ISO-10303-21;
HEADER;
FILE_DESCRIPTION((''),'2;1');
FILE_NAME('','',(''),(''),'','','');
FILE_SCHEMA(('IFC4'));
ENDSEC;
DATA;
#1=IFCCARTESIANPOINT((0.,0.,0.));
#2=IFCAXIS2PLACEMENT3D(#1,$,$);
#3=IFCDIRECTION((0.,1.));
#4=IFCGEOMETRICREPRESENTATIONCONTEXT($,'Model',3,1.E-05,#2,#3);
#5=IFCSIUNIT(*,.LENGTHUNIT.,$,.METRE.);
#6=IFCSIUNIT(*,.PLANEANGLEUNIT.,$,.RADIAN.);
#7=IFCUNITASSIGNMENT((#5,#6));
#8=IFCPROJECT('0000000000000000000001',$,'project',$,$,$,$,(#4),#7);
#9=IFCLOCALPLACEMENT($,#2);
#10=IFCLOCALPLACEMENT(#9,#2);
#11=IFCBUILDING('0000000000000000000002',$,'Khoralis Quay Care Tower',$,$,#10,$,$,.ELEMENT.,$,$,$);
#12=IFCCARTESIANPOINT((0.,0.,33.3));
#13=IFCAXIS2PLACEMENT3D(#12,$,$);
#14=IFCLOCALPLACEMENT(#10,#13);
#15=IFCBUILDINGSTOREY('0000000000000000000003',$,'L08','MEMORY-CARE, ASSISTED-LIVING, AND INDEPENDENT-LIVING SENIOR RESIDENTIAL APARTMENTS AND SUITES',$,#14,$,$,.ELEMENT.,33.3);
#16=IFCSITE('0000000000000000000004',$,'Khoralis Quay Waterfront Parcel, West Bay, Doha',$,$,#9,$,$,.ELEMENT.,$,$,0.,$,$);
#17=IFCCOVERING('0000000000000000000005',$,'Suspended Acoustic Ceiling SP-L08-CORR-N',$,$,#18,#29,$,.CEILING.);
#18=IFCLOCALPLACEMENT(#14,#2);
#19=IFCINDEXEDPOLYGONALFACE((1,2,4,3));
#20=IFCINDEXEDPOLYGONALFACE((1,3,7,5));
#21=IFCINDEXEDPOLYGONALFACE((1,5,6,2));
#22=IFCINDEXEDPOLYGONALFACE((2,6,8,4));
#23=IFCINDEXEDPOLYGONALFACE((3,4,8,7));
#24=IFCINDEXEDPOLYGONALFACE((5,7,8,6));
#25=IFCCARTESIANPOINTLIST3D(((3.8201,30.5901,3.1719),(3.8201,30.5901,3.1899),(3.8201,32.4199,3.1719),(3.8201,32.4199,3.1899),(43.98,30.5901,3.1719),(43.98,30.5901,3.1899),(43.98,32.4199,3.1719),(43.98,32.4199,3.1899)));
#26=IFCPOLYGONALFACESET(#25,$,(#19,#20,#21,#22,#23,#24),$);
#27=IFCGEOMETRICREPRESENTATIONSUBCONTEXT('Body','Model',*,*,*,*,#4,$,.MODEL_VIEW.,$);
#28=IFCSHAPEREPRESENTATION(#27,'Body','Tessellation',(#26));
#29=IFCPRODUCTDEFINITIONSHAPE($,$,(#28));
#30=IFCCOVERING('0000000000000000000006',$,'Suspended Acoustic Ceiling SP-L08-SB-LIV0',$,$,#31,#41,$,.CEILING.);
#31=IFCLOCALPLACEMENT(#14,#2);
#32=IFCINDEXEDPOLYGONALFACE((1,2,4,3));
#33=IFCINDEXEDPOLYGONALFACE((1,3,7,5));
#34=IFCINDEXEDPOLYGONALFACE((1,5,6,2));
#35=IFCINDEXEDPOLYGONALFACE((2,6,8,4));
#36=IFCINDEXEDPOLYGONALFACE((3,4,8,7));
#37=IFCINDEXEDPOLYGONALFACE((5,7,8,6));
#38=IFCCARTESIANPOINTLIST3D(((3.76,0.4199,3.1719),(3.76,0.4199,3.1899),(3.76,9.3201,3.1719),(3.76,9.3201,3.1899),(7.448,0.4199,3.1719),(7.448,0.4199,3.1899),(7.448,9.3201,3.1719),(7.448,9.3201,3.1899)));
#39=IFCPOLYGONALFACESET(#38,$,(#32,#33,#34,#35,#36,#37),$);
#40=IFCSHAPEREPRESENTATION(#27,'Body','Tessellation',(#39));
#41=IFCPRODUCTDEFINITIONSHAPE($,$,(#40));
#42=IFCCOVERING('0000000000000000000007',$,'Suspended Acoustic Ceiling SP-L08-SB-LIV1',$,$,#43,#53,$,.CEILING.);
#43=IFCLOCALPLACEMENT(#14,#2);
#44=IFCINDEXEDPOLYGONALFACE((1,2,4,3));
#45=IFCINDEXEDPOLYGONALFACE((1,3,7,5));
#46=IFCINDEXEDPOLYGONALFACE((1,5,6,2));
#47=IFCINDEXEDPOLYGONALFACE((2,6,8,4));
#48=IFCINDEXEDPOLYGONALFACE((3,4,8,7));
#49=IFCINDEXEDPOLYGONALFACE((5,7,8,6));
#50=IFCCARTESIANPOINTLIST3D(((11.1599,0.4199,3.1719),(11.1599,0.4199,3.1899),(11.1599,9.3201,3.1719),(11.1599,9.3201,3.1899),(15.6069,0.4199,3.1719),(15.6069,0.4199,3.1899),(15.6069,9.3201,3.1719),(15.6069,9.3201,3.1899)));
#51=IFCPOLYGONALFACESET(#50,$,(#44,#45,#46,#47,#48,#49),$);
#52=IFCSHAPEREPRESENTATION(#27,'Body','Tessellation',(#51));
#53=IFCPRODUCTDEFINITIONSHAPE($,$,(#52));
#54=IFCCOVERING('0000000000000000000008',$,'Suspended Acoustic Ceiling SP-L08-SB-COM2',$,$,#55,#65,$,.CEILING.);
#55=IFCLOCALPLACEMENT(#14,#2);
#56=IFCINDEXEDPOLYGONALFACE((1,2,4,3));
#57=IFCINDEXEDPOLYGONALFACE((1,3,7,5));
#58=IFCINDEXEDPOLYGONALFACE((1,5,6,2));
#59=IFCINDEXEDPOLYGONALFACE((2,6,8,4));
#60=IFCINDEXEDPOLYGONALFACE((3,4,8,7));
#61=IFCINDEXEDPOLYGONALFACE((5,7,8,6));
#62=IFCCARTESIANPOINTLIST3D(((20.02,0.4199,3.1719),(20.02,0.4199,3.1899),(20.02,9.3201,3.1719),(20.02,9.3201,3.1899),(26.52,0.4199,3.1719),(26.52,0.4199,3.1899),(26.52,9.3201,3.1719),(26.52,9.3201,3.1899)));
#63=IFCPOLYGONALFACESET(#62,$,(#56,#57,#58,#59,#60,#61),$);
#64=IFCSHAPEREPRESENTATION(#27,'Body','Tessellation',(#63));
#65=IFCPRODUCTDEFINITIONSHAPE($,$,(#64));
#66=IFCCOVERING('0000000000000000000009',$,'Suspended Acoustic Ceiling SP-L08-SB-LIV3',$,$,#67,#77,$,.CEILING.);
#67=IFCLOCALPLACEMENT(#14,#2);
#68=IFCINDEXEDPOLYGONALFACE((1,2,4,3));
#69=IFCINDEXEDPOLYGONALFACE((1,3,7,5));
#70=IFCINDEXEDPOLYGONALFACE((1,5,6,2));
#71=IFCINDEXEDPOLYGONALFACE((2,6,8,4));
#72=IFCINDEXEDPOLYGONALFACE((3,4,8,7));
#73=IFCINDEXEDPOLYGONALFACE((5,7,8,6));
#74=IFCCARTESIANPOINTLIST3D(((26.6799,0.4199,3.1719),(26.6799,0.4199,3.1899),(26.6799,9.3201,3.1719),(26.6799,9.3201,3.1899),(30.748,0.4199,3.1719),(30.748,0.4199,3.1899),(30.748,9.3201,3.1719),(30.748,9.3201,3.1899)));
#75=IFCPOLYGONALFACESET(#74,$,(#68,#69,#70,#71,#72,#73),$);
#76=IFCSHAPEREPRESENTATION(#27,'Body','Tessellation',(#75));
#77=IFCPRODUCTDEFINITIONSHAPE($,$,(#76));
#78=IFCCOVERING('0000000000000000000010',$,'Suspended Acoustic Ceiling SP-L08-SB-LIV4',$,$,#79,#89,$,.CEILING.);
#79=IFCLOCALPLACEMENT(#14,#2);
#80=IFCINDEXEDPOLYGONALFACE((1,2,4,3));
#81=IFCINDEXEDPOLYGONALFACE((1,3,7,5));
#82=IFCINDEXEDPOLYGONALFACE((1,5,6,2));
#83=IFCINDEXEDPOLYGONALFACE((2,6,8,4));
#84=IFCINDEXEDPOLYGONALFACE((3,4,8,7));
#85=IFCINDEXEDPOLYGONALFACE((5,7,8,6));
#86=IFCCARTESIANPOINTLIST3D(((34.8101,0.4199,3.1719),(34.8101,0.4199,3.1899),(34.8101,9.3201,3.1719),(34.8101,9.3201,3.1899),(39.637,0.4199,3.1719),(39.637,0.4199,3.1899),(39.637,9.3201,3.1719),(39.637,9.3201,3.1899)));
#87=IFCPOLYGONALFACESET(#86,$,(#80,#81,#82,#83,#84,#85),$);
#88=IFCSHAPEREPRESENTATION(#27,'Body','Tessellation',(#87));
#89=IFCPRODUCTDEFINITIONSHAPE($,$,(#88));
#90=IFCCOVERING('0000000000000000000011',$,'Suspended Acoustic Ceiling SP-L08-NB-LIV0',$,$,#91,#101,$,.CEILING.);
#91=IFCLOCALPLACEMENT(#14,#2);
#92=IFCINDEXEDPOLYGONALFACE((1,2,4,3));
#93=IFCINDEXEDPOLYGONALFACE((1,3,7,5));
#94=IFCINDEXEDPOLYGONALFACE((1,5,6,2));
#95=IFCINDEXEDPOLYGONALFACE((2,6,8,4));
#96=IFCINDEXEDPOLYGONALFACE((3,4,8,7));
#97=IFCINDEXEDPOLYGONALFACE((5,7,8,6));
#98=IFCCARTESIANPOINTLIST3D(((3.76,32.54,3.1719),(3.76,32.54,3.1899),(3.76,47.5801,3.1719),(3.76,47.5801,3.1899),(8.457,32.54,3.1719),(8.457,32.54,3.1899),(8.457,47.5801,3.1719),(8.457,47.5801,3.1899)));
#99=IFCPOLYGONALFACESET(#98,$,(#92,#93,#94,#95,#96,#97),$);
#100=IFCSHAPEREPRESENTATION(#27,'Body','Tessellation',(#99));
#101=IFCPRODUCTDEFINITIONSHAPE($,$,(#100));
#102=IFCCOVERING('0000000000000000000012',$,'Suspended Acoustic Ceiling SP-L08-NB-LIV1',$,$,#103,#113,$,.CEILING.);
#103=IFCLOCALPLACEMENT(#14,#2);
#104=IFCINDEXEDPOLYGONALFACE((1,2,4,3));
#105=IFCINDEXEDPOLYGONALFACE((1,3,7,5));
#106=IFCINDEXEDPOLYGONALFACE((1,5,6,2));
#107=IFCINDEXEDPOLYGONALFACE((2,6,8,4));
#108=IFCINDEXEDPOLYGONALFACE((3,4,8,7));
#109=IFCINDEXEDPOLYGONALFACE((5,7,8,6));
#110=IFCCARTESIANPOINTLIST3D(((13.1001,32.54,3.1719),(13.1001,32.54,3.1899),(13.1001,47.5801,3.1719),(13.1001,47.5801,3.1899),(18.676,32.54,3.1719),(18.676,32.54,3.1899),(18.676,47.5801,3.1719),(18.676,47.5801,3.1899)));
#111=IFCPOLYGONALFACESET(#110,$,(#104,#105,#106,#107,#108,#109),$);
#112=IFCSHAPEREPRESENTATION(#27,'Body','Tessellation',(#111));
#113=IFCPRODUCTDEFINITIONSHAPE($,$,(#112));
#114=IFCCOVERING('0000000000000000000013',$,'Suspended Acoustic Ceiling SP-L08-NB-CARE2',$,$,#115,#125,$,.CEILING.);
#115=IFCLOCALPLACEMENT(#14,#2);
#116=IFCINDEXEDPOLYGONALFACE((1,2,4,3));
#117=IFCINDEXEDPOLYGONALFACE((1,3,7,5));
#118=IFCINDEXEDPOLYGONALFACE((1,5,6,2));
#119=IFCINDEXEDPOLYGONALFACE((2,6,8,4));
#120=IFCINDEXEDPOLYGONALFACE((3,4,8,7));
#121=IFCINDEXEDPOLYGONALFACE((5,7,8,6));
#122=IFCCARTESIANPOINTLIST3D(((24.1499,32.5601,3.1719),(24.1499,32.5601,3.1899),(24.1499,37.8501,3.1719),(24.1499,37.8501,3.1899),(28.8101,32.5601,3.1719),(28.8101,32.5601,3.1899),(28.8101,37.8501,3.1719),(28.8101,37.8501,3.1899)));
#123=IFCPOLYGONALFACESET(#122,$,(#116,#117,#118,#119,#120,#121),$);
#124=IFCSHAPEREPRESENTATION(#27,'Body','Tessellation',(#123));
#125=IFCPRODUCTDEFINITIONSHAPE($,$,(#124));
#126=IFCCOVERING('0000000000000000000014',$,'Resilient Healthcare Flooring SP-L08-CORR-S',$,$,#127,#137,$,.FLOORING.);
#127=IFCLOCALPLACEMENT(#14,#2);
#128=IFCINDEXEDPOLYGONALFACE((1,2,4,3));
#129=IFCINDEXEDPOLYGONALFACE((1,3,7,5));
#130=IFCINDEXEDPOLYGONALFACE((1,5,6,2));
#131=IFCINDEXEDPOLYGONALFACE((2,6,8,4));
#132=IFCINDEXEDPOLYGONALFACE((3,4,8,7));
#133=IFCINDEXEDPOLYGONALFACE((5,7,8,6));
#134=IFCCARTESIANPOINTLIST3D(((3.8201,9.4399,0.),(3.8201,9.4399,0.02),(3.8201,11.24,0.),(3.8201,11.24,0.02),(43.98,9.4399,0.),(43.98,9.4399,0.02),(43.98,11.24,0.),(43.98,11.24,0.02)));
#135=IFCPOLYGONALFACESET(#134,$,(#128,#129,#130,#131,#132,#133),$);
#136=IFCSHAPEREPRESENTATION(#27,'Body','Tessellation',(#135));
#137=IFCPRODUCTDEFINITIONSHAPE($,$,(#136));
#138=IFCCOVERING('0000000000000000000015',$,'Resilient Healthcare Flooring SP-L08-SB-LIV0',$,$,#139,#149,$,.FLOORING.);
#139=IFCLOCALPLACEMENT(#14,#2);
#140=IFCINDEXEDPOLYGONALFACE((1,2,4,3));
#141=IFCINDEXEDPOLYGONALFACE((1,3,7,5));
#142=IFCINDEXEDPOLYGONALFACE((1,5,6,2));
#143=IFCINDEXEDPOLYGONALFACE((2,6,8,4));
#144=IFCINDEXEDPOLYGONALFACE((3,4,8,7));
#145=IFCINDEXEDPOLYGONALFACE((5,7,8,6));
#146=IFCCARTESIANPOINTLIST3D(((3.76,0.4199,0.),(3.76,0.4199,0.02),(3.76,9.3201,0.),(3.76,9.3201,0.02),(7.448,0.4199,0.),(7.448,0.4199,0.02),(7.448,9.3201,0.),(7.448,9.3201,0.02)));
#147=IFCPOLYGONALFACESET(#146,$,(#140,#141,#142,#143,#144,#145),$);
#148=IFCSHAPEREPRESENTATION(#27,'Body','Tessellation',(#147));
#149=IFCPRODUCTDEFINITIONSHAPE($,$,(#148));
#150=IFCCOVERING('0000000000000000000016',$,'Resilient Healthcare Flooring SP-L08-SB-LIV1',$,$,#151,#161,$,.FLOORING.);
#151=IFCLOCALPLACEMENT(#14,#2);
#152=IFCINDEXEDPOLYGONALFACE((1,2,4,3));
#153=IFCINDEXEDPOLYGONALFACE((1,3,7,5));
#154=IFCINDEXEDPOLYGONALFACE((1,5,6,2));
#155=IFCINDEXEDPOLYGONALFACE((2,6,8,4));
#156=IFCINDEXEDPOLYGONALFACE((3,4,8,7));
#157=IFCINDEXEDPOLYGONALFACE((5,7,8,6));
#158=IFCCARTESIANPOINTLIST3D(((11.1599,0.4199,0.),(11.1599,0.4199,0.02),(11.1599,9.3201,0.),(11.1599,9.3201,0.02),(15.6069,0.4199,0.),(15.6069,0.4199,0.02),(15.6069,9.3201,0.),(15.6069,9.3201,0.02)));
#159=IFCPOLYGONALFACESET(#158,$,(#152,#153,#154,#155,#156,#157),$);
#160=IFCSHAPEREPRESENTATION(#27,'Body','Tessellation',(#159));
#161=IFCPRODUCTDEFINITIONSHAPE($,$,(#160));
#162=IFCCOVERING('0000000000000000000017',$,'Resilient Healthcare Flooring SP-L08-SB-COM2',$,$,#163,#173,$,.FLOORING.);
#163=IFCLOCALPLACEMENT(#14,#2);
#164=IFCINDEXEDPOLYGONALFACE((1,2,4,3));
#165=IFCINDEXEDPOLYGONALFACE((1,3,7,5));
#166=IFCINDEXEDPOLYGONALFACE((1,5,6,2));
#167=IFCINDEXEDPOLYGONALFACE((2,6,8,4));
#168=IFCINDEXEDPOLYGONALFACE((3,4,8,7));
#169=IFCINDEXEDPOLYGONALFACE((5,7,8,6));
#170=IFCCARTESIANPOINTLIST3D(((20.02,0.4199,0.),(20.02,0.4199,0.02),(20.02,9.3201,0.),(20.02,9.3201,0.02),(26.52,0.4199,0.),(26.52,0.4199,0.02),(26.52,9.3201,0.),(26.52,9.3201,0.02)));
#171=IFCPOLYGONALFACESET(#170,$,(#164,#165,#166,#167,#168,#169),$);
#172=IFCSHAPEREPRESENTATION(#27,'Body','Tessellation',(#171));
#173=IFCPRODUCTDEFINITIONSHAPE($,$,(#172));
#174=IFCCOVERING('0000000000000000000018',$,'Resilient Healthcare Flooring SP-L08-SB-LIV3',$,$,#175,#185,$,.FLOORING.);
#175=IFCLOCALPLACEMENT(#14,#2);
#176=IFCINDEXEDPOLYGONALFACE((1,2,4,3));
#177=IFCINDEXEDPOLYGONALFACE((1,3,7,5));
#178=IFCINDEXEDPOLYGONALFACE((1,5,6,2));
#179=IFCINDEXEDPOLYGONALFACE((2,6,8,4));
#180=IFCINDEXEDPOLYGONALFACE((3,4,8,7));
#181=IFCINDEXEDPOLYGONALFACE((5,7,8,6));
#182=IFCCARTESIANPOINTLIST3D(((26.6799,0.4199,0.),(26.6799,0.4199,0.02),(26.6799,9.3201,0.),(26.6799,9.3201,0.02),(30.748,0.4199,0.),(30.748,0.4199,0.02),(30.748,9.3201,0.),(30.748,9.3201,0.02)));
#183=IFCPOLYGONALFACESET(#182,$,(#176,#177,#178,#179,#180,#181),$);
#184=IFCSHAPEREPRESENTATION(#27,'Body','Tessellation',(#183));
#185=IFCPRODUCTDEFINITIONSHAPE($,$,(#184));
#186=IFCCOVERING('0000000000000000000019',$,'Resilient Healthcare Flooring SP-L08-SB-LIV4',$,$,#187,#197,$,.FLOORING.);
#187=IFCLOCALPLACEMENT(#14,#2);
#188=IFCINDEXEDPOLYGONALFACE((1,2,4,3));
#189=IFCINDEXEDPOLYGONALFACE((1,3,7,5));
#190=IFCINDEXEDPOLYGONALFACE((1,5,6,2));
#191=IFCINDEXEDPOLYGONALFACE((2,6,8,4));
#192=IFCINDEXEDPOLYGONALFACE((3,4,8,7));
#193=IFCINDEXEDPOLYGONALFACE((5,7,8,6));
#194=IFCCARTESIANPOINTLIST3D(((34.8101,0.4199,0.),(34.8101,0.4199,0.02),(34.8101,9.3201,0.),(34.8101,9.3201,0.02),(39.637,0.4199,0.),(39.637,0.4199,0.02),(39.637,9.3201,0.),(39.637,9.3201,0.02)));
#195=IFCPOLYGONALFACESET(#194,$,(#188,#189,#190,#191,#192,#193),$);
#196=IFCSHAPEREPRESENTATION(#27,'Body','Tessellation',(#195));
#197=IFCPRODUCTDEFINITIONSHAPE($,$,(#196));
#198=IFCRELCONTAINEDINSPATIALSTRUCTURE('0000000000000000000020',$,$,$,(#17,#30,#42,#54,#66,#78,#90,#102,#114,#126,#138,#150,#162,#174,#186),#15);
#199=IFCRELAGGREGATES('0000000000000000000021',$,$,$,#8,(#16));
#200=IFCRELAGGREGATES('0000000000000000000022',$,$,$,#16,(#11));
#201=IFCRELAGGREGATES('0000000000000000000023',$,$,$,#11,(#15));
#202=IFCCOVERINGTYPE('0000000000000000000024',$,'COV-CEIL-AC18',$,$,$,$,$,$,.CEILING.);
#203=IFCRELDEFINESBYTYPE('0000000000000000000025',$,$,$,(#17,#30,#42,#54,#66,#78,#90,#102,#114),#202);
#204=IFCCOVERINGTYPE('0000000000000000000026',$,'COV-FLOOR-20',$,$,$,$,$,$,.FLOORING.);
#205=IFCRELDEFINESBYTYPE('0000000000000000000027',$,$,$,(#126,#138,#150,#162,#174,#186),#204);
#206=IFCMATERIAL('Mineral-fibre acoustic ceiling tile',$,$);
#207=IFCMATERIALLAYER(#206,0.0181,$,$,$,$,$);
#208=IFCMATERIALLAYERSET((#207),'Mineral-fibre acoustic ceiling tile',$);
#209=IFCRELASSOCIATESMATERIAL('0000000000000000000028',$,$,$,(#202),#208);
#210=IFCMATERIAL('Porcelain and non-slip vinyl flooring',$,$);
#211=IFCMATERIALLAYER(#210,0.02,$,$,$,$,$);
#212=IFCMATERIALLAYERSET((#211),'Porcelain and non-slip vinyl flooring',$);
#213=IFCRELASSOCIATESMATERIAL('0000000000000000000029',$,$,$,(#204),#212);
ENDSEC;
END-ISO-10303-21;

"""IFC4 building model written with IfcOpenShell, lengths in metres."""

from ifc_helpers import new_model, si_unit, direction, frame, origin, place, context, subcontext, project, spatial, polyline, outline, extrude, material, layer, layer_set, type_object, element, save


model = new_model("IFC4")

# Units and contexts
model_context = context("Model", 3, precision=1e-05, world=origin(), true_north=direction((0.0, 1.0)))
body_context = subcontext(model_context, "Body", "Model", "MODEL_VIEW")
ifc_project = project(units=[si_unit("LENGTHUNIT", "METRE"), si_unit("PLANEANGLEUNIT", "RADIAN")], contexts=[model_context])

# Site, building, storey
site_placement = place(None, origin())
site = spatial("IfcSite", under=ifc_project, at=site_placement, Name="Khoralis Quay Waterfront Parcel, West Bay, Doha", CompositionType="ELEMENT", RefElevation=0.0)
building_placement = place(site_placement, origin())
building = spatial("IfcBuilding", under=site, at=building_placement, Name="Khoralis Quay Care Tower", CompositionType="ELEMENT")
storey_placement = place(building_placement, frame((0.0, 0.0, 33.3)))
storey = spatial("IfcBuildingStorey", under=building, at=storey_placement, Name="L08", Description="MEMORY-CARE, ASSISTED-LIVING, AND INDEPENDENT-LIVING SENIOR RESIDENTIAL APARTMENTS AND SUITES", CompositionType="ELEMENT", Elevation=33.3)

# Coverings
ifc_material_1 = material(Name="Mineral-fibre acoustic ceiling tile")
ifc_layer_1 = layer(ifc_material_1, 0.0181)
ifc_layer_set_1 = layer_set([ifc_layer_1], Name="Mineral-fibre acoustic ceiling tile")
covering_type_1 = type_object("IfcCoveringType", Name="COV-CEIL-AC18", PredefinedType="CEILING", material=ifc_layer_set_1)
covering_1_placement = place(storey_placement, frame((0.0, 0.0, 3.1719)))
element("IfcCovering", 1, at=covering_1_placement, inside=storey, type_object=covering_type_1, Name="Suspended Acoustic Ceiling SP-L08-CORR-N", PredefinedType="CEILING", context=body_context, shape_type="SweptSolid", body=[
    extrude(outline(polyline([(3.8201, 30.5901), (43.98, 30.5901), (43.98, 32.4199), (3.8201, 32.4199), (3.8201, 30.5901)])), origin(), (0.0, 0.0, 1.0), 0.0181),
])
covering_2_placement = place(storey_placement, frame((0.0, 0.0, 3.1719)))
element("IfcCovering", 2, at=covering_2_placement, inside=storey, type_object=covering_type_1, Name="Suspended Acoustic Ceiling SP-L08-SB-LIV0", PredefinedType="CEILING", context=body_context, shape_type="SweptSolid", body=[
    extrude(outline(polyline([(3.76, 0.4199), (7.448, 0.4199), (7.448, 9.3201), (3.76, 9.3201), (3.76, 0.4199)])), origin(), (0.0, 0.0, 1.0), 0.0181),
])
covering_3_placement = place(storey_placement, frame((0.0, 0.0, 3.1719)))
element("IfcCovering", 3, at=covering_3_placement, inside=storey, type_object=covering_type_1, Name="Suspended Acoustic Ceiling SP-L08-SB-LIV1", PredefinedType="CEILING", context=body_context, shape_type="SweptSolid", body=[
    extrude(outline(polyline([(11.1599, 0.4199), (15.6069, 0.4199), (15.6069, 9.3201), (11.1599, 9.3201), (11.1599, 0.4199)])), origin(), (0.0, 0.0, 1.0), 0.0181),
])
covering_4_placement = place(storey_placement, frame((0.0, 0.0, 3.1719)))
element("IfcCovering", 4, at=covering_4_placement, inside=storey, type_object=covering_type_1, Name="Suspended Acoustic Ceiling SP-L08-SB-COM2", PredefinedType="CEILING", context=body_context, shape_type="SweptSolid", body=[
    extrude(outline(polyline([(20.02, 0.4199), (26.52, 0.4199), (26.52, 9.3201), (20.02, 9.3201), (20.02, 0.4199)])), origin(), (0.0, 0.0, 1.0), 0.0181),
])
covering_5_placement = place(storey_placement, frame((0.0, 0.0, 3.1719)))
element("IfcCovering", 5, at=covering_5_placement, inside=storey, type_object=covering_type_1, Name="Suspended Acoustic Ceiling SP-L08-SB-LIV3", PredefinedType="CEILING", context=body_context, shape_type="SweptSolid", body=[
    extrude(outline(polyline([(26.6799, 0.4199), (30.748, 0.4199), (30.748, 9.3201), (26.6799, 9.3201), (26.6799, 0.4199)])), origin(), (0.0, 0.0, 1.0), 0.0181),
])
covering_6_placement = place(storey_placement, frame((0.0, 0.0, 3.1719)))
element("IfcCovering", 6, at=covering_6_placement, inside=storey, type_object=covering_type_1, Name="Suspended Acoustic Ceiling SP-L08-SB-LIV4", PredefinedType="CEILING", context=body_context, shape_type="SweptSolid", body=[
    extrude(outline(polyline([(34.8101, 0.4199), (39.637, 0.4199), (39.637, 9.3201), (34.8101, 9.3201), (34.8101, 0.4199)])), origin(), (0.0, 0.0, 1.0), 0.0181),
])
covering_7_placement = place(storey_placement, frame((0.0, 0.0, 3.1719)))
element("IfcCovering", 7, at=covering_7_placement, inside=storey, type_object=covering_type_1, Name="Suspended Acoustic Ceiling SP-L08-NB-LIV0", PredefinedType="CEILING", context=body_context, shape_type="SweptSolid", body=[
    extrude(outline(polyline([(3.76, 32.54), (8.457, 32.54), (8.457, 47.5801), (3.76, 47.5801), (3.76, 32.54)])), origin(), (0.0, 0.0, 1.0), 0.0181),
])
covering_8_placement = place(storey_placement, frame((0.0, 0.0, 3.1719)))
element("IfcCovering", 8, at=covering_8_placement, inside=storey, type_object=covering_type_1, Name="Suspended Acoustic Ceiling SP-L08-NB-LIV1", PredefinedType="CEILING", context=body_context, shape_type="SweptSolid", body=[
    extrude(outline(polyline([(13.1001, 32.54), (18.676, 32.54), (18.676, 47.5801), (13.1001, 47.5801), (13.1001, 32.54)])), origin(), (0.0, 0.0, 1.0), 0.0181),
])
covering_9_placement = place(storey_placement, frame((0.0, 0.0, 3.1719)))
element("IfcCovering", 9, at=covering_9_placement, inside=storey, type_object=covering_type_1, Name="Suspended Acoustic Ceiling SP-L08-NB-CARE2", PredefinedType="CEILING", context=body_context, shape_type="SweptSolid", body=[
    extrude(outline(polyline([(24.1499, 32.5601), (28.8101, 32.5601), (28.8101, 37.8501), (24.1499, 37.8501), (24.1499, 32.5601)])), origin(), (0.0, 0.0, 1.0), 0.0181),
])
ifc_material_2 = material(Name="Porcelain and non-slip vinyl flooring")
ifc_layer_2 = layer(ifc_material_2, 0.02)
ifc_layer_set_2 = layer_set([ifc_layer_2], Name="Porcelain and non-slip vinyl flooring")
covering_type_2 = type_object("IfcCoveringType", Name="COV-FLOOR-20", PredefinedType="FLOORING", material=ifc_layer_set_2)
covering_10_placement = place(storey_placement, origin())
element("IfcCovering", 10, at=covering_10_placement, inside=storey, type_object=covering_type_2, Name="Resilient Healthcare Flooring SP-L08-CORR-S", PredefinedType="FLOORING", context=body_context, shape_type="SweptSolid", body=[
    extrude(outline(polyline([(3.8201, 9.4399), (43.98, 9.4399), (43.98, 11.24), (3.8201, 11.24), (3.8201, 9.4399)])), origin(), (0.0, 0.0, 1.0), 0.02),
])
covering_11_placement = place(storey_placement, origin())
element("IfcCovering", 11, at=covering_11_placement, inside=storey, type_object=covering_type_2, Name="Resilient Healthcare Flooring SP-L08-SB-LIV0", PredefinedType="FLOORING", context=body_context, shape_type="SweptSolid", body=[
    extrude(outline(polyline([(3.76, 0.4199), (7.448, 0.4199), (7.448, 9.3201), (3.76, 9.3201), (3.76, 0.4199)])), origin(), (0.0, 0.0, 1.0), 0.02),
])
covering_12_placement = place(storey_placement, origin())
element("IfcCovering", 12, at=covering_12_placement, inside=storey, type_object=covering_type_2, Name="Resilient Healthcare Flooring SP-L08-SB-LIV1", PredefinedType="FLOORING", context=body_context, shape_type="SweptSolid", body=[
    extrude(outline(polyline([(11.1599, 0.4199), (15.6069, 0.4199), (15.6069, 9.3201), (11.1599, 9.3201), (11.1599, 0.4199)])), origin(), (0.0, 0.0, 1.0), 0.02),
])
covering_13_placement = place(storey_placement, origin())
element("IfcCovering", 13, at=covering_13_placement, inside=storey, type_object=covering_type_2, Name="Resilient Healthcare Flooring SP-L08-SB-COM2", PredefinedType="FLOORING", context=body_context, shape_type="SweptSolid", body=[
    extrude(outline(polyline([(20.02, 0.4199), (26.52, 0.4199), (26.52, 9.3201), (20.02, 9.3201), (20.02, 0.4199)])), origin(), (0.0, 0.0, 1.0), 0.02),
])
covering_14_placement = place(storey_placement, origin())
element("IfcCovering", 14, at=covering_14_placement, inside=storey, type_object=covering_type_2, Name="Resilient Healthcare Flooring SP-L08-SB-LIV3", PredefinedType="FLOORING", context=body_context, shape_type="SweptSolid", body=[
    extrude(outline(polyline([(26.6799, 0.4199), (30.748, 0.4199), (30.748, 9.3201), (26.6799, 9.3201), (26.6799, 0.4199)])), origin(), (0.0, 0.0, 1.0), 0.02),
])
covering_15_placement = place(storey_placement, origin())
element("IfcCovering", 15, at=covering_15_placement, inside=storey, type_object=covering_type_2, Name="Resilient Healthcare Flooring SP-L08-SB-LIV4", PredefinedType="FLOORING", context=body_context, shape_type="SweptSolid", body=[
    extrude(outline(polyline([(34.8101, 0.4199), (39.637, 0.4199), (39.637, 9.3201), (34.8101, 9.3201), (34.8101, 0.4199)])), origin(), (0.0, 0.0, 1.0), 0.02),
])

save(model, "model.ifc")
